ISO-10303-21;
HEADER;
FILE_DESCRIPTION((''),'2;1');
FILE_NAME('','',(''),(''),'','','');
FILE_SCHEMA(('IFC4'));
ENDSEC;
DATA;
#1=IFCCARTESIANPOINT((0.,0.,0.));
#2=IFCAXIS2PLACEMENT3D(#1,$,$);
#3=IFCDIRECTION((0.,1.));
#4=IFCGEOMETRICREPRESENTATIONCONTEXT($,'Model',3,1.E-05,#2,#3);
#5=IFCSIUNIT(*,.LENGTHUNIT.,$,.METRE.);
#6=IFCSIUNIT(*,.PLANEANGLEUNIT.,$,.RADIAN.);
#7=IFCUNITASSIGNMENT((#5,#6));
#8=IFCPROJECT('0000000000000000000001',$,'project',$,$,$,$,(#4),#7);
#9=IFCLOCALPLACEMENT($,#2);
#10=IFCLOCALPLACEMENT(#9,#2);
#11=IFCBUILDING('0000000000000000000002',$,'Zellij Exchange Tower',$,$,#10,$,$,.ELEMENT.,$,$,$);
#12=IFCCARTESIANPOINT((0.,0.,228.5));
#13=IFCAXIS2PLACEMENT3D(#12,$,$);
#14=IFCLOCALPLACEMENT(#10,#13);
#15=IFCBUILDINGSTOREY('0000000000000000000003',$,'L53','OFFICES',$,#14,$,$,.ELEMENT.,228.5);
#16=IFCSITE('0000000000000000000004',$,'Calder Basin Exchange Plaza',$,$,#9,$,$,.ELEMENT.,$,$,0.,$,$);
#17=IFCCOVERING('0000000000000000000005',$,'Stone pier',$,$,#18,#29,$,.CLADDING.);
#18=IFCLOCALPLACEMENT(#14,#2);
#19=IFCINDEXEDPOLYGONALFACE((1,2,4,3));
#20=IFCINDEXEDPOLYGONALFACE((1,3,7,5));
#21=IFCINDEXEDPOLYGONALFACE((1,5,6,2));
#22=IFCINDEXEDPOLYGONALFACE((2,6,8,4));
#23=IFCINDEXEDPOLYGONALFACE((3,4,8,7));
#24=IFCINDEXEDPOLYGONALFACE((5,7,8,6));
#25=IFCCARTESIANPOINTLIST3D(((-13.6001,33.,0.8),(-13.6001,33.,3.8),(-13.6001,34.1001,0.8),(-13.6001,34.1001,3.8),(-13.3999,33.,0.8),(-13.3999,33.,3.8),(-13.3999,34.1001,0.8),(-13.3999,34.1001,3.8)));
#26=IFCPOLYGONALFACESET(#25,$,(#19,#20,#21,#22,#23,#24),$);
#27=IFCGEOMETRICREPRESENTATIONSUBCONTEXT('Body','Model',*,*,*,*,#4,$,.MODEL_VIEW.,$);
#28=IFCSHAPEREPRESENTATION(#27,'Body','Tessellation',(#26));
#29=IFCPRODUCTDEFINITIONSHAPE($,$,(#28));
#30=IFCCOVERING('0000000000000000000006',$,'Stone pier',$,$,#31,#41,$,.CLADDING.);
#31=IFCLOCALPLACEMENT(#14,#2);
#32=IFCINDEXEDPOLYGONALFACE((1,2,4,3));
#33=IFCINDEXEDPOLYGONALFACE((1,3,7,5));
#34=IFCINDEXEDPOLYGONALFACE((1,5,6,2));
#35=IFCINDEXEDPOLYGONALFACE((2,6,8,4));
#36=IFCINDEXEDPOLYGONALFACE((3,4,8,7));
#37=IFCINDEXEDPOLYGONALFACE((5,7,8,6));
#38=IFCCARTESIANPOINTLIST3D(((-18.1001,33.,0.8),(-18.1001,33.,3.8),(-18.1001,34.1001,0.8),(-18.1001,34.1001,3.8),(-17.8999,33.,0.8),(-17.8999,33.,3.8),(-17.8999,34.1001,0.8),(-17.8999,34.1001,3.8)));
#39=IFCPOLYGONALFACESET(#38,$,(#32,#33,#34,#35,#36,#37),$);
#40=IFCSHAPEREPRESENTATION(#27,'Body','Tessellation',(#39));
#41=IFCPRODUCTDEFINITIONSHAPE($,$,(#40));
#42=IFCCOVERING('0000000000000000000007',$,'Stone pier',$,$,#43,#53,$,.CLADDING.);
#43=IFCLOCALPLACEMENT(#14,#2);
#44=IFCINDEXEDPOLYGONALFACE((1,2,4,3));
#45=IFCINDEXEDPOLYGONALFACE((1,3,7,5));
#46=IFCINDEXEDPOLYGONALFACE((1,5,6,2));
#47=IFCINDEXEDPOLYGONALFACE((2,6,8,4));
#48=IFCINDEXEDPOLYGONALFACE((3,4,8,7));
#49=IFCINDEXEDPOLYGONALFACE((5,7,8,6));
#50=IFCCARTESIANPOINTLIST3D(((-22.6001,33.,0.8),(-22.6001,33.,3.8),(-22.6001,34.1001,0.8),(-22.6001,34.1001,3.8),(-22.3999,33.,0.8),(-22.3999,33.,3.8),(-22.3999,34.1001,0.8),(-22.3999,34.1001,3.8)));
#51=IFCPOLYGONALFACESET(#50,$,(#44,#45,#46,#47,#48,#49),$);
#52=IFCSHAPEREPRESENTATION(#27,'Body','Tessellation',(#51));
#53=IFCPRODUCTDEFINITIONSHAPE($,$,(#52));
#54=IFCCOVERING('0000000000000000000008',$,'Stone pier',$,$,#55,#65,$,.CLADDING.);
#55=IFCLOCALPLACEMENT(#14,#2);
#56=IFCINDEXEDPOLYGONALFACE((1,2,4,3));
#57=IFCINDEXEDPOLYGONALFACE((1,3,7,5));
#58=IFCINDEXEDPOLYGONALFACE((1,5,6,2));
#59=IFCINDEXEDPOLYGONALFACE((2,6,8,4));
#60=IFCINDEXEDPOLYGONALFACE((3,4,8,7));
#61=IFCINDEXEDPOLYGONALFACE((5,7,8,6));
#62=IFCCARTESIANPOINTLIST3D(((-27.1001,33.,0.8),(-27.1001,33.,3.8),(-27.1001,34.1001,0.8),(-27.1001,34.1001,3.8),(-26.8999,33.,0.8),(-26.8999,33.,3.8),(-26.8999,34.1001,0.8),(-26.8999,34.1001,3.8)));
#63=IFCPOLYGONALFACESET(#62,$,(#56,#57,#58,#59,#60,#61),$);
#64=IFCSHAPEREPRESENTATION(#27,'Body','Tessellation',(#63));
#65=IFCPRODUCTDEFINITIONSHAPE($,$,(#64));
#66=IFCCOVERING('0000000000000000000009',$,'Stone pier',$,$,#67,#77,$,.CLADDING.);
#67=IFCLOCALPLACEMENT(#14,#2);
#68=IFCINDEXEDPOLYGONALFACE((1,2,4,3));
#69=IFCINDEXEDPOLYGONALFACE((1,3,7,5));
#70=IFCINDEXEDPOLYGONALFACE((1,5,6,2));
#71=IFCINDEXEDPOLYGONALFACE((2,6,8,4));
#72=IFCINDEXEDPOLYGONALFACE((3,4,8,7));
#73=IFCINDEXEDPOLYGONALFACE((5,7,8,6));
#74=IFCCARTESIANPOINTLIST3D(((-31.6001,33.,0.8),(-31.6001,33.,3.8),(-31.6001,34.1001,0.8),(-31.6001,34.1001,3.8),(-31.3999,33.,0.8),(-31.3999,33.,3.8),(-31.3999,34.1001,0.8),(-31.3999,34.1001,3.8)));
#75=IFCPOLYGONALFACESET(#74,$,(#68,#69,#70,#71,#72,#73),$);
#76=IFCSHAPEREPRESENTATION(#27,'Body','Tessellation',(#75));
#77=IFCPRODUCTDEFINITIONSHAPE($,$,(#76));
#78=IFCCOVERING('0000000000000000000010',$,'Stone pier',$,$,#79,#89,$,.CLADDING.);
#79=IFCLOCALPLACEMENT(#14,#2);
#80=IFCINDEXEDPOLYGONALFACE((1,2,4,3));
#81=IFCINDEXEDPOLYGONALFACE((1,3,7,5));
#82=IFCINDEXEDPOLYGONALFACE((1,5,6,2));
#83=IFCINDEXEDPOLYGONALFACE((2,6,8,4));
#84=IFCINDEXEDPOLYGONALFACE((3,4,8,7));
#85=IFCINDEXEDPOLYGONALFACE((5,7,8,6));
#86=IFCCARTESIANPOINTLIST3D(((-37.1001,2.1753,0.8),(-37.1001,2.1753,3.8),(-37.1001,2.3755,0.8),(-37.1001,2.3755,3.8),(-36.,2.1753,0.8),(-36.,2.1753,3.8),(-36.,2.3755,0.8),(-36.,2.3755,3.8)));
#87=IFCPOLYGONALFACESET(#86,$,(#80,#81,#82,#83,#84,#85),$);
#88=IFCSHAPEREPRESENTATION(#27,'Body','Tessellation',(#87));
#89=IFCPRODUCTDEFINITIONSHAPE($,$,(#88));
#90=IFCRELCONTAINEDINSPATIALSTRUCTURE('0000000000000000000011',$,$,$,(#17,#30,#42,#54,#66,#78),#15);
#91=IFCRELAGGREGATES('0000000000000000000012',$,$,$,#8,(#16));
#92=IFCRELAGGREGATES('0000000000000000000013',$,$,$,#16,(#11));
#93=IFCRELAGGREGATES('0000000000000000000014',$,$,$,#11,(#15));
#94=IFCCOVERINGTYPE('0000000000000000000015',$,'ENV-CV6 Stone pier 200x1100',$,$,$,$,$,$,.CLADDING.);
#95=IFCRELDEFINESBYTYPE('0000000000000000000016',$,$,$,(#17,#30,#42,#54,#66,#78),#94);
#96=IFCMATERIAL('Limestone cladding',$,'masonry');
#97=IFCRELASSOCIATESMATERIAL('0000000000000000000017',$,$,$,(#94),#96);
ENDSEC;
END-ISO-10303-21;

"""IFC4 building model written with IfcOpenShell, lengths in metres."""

from ifc_helpers import new_model, si_unit, direction, frame, origin, place, context, subcontext, project, spatial, polyline, outline, extrude, material, type_object, element, save


model = new_model("IFC4")

# Units and contexts
model_context = context("Model", 3, precision=1e-05, world=origin(), true_north=direction((0.0, 1.0)))
body_context = subcontext(model_context, "Body", "Model", "MODEL_VIEW")
ifc_project = project(units=[si_unit("LENGTHUNIT", "METRE"), si_unit("PLANEANGLEUNIT", "RADIAN")], contexts=[model_context])

# Site, building, storey
site_placement = place(None, origin())
site = spatial("IfcSite", under=ifc_project, at=site_placement, Name="Calder Basin Exchange Plaza", CompositionType="ELEMENT", RefElevation=0.0)
building_placement = place(site_placement, origin())
building = spatial("IfcBuilding", under=site, at=building_placement, Name="Zellij Exchange Tower", CompositionType="ELEMENT")
storey_placement = place(building_placement, frame((0.0, 0.0, 228.5)))
storey = spatial("IfcBuildingStorey", under=building, at=storey_placement, Name="L53", Description="OFFICES", CompositionType="ELEMENT", Elevation=228.5)

# Coverings
ifc_material_1 = material(Name="Limestone cladding", Category="masonry")
covering_type = type_object("IfcCoveringType", Name="ENV-CV6 Stone pier 200x1100", PredefinedType="CLADDING", material=ifc_material_1)
covering_1_placement = place(storey_placement, frame((0.0, 0.0, 0.8)))
element("IfcCovering", 1, at=covering_1_placement, inside=storey, type_object=covering_type, Name="Stone pier", PredefinedType="CLADDING", context=body_context, shape_type="SweptSolid", body=[
    extrude(outline(polyline([(-13.3999, 33.0), (-13.6001, 33.0), (-13.6001, 34.1001), (-13.3999, 34.1001), (-13.3999, 33.0)])), origin(), (0.0, 0.0, 1.0), 3.0),
])
covering_2_placement = place(storey_placement, frame((0.0, 0.0, 0.8)))
element("IfcCovering", 2, at=covering_2_placement, inside=storey, type_object=covering_type, Name="Stone pier", PredefinedType="CLADDING", context=body_context, shape_type="SweptSolid", body=[
    extrude(outline(polyline([(-17.8999, 33.0), (-18.1001, 33.0), (-18.1001, 34.1001), (-17.8999, 34.1001), (-17.8999, 33.0)])), origin(), (0.0, 0.0, 1.0), 3.0),
])
covering_3_placement = place(storey_placement, frame((0.0, 0.0, 0.8)))
element("IfcCovering", 3, at=covering_3_placement, inside=storey, type_object=covering_type, Name="Stone pier", PredefinedType="CLADDING", context=body_context, shape_type="SweptSolid", body=[
    extrude(outline(polyline([(-22.3999, 33.0), (-22.6001, 33.0), (-22.6001, 34.1001), (-22.3999, 34.1001), (-22.3999, 33.0)])), origin(), (0.0, 0.0, 1.0), 3.0),
])
covering_4_placement = place(storey_placement, frame((0.0, 0.0, 0.8)))
element("IfcCovering", 4, at=covering_4_placement, inside=storey, type_object=covering_type, Name="Stone pier", PredefinedType="CLADDING", context=body_context, shape_type="SweptSolid", body=[
    extrude(outline(polyline([(-26.8999, 33.0), (-27.1001, 33.0), (-27.1001, 34.1001), (-26.8999, 34.1001), (-26.8999, 33.0)])), origin(), (0.0, 0.0, 1.0), 3.0),
])
covering_5_placement = place(storey_placement, frame((0.0, 0.0, 0.8)))
element("IfcCovering", 5, at=covering_5_placement, inside=storey, type_object=covering_type, Name="Stone pier", PredefinedType="CLADDING", context=body_context, shape_type="SweptSolid", body=[
    extrude(outline(polyline([(-31.3999, 33.0), (-31.6001, 33.0), (-31.6001, 34.1001), (-31.3999, 34.1001), (-31.3999, 33.0)])), origin(), (0.0, 0.0, 1.0), 3.0),
])
covering_6_placement = place(storey_placement, frame((0.0, 0.0, 0.8)))
element("IfcCovering", 6, at=covering_6_placement, inside=storey, type_object=covering_type, Name="Stone pier", PredefinedType="CLADDING", context=body_context, shape_type="SweptSolid", body=[
    extrude(outline(polyline([(-36.0, 2.3755), (-36.0, 2.1753), (-37.1001, 2.1753), (-37.1001, 2.3755), (-36.0, 2.3755)])), origin(), (0.0, 0.0, 1.0), 3.0),
])

save(model, "model.ifc")
